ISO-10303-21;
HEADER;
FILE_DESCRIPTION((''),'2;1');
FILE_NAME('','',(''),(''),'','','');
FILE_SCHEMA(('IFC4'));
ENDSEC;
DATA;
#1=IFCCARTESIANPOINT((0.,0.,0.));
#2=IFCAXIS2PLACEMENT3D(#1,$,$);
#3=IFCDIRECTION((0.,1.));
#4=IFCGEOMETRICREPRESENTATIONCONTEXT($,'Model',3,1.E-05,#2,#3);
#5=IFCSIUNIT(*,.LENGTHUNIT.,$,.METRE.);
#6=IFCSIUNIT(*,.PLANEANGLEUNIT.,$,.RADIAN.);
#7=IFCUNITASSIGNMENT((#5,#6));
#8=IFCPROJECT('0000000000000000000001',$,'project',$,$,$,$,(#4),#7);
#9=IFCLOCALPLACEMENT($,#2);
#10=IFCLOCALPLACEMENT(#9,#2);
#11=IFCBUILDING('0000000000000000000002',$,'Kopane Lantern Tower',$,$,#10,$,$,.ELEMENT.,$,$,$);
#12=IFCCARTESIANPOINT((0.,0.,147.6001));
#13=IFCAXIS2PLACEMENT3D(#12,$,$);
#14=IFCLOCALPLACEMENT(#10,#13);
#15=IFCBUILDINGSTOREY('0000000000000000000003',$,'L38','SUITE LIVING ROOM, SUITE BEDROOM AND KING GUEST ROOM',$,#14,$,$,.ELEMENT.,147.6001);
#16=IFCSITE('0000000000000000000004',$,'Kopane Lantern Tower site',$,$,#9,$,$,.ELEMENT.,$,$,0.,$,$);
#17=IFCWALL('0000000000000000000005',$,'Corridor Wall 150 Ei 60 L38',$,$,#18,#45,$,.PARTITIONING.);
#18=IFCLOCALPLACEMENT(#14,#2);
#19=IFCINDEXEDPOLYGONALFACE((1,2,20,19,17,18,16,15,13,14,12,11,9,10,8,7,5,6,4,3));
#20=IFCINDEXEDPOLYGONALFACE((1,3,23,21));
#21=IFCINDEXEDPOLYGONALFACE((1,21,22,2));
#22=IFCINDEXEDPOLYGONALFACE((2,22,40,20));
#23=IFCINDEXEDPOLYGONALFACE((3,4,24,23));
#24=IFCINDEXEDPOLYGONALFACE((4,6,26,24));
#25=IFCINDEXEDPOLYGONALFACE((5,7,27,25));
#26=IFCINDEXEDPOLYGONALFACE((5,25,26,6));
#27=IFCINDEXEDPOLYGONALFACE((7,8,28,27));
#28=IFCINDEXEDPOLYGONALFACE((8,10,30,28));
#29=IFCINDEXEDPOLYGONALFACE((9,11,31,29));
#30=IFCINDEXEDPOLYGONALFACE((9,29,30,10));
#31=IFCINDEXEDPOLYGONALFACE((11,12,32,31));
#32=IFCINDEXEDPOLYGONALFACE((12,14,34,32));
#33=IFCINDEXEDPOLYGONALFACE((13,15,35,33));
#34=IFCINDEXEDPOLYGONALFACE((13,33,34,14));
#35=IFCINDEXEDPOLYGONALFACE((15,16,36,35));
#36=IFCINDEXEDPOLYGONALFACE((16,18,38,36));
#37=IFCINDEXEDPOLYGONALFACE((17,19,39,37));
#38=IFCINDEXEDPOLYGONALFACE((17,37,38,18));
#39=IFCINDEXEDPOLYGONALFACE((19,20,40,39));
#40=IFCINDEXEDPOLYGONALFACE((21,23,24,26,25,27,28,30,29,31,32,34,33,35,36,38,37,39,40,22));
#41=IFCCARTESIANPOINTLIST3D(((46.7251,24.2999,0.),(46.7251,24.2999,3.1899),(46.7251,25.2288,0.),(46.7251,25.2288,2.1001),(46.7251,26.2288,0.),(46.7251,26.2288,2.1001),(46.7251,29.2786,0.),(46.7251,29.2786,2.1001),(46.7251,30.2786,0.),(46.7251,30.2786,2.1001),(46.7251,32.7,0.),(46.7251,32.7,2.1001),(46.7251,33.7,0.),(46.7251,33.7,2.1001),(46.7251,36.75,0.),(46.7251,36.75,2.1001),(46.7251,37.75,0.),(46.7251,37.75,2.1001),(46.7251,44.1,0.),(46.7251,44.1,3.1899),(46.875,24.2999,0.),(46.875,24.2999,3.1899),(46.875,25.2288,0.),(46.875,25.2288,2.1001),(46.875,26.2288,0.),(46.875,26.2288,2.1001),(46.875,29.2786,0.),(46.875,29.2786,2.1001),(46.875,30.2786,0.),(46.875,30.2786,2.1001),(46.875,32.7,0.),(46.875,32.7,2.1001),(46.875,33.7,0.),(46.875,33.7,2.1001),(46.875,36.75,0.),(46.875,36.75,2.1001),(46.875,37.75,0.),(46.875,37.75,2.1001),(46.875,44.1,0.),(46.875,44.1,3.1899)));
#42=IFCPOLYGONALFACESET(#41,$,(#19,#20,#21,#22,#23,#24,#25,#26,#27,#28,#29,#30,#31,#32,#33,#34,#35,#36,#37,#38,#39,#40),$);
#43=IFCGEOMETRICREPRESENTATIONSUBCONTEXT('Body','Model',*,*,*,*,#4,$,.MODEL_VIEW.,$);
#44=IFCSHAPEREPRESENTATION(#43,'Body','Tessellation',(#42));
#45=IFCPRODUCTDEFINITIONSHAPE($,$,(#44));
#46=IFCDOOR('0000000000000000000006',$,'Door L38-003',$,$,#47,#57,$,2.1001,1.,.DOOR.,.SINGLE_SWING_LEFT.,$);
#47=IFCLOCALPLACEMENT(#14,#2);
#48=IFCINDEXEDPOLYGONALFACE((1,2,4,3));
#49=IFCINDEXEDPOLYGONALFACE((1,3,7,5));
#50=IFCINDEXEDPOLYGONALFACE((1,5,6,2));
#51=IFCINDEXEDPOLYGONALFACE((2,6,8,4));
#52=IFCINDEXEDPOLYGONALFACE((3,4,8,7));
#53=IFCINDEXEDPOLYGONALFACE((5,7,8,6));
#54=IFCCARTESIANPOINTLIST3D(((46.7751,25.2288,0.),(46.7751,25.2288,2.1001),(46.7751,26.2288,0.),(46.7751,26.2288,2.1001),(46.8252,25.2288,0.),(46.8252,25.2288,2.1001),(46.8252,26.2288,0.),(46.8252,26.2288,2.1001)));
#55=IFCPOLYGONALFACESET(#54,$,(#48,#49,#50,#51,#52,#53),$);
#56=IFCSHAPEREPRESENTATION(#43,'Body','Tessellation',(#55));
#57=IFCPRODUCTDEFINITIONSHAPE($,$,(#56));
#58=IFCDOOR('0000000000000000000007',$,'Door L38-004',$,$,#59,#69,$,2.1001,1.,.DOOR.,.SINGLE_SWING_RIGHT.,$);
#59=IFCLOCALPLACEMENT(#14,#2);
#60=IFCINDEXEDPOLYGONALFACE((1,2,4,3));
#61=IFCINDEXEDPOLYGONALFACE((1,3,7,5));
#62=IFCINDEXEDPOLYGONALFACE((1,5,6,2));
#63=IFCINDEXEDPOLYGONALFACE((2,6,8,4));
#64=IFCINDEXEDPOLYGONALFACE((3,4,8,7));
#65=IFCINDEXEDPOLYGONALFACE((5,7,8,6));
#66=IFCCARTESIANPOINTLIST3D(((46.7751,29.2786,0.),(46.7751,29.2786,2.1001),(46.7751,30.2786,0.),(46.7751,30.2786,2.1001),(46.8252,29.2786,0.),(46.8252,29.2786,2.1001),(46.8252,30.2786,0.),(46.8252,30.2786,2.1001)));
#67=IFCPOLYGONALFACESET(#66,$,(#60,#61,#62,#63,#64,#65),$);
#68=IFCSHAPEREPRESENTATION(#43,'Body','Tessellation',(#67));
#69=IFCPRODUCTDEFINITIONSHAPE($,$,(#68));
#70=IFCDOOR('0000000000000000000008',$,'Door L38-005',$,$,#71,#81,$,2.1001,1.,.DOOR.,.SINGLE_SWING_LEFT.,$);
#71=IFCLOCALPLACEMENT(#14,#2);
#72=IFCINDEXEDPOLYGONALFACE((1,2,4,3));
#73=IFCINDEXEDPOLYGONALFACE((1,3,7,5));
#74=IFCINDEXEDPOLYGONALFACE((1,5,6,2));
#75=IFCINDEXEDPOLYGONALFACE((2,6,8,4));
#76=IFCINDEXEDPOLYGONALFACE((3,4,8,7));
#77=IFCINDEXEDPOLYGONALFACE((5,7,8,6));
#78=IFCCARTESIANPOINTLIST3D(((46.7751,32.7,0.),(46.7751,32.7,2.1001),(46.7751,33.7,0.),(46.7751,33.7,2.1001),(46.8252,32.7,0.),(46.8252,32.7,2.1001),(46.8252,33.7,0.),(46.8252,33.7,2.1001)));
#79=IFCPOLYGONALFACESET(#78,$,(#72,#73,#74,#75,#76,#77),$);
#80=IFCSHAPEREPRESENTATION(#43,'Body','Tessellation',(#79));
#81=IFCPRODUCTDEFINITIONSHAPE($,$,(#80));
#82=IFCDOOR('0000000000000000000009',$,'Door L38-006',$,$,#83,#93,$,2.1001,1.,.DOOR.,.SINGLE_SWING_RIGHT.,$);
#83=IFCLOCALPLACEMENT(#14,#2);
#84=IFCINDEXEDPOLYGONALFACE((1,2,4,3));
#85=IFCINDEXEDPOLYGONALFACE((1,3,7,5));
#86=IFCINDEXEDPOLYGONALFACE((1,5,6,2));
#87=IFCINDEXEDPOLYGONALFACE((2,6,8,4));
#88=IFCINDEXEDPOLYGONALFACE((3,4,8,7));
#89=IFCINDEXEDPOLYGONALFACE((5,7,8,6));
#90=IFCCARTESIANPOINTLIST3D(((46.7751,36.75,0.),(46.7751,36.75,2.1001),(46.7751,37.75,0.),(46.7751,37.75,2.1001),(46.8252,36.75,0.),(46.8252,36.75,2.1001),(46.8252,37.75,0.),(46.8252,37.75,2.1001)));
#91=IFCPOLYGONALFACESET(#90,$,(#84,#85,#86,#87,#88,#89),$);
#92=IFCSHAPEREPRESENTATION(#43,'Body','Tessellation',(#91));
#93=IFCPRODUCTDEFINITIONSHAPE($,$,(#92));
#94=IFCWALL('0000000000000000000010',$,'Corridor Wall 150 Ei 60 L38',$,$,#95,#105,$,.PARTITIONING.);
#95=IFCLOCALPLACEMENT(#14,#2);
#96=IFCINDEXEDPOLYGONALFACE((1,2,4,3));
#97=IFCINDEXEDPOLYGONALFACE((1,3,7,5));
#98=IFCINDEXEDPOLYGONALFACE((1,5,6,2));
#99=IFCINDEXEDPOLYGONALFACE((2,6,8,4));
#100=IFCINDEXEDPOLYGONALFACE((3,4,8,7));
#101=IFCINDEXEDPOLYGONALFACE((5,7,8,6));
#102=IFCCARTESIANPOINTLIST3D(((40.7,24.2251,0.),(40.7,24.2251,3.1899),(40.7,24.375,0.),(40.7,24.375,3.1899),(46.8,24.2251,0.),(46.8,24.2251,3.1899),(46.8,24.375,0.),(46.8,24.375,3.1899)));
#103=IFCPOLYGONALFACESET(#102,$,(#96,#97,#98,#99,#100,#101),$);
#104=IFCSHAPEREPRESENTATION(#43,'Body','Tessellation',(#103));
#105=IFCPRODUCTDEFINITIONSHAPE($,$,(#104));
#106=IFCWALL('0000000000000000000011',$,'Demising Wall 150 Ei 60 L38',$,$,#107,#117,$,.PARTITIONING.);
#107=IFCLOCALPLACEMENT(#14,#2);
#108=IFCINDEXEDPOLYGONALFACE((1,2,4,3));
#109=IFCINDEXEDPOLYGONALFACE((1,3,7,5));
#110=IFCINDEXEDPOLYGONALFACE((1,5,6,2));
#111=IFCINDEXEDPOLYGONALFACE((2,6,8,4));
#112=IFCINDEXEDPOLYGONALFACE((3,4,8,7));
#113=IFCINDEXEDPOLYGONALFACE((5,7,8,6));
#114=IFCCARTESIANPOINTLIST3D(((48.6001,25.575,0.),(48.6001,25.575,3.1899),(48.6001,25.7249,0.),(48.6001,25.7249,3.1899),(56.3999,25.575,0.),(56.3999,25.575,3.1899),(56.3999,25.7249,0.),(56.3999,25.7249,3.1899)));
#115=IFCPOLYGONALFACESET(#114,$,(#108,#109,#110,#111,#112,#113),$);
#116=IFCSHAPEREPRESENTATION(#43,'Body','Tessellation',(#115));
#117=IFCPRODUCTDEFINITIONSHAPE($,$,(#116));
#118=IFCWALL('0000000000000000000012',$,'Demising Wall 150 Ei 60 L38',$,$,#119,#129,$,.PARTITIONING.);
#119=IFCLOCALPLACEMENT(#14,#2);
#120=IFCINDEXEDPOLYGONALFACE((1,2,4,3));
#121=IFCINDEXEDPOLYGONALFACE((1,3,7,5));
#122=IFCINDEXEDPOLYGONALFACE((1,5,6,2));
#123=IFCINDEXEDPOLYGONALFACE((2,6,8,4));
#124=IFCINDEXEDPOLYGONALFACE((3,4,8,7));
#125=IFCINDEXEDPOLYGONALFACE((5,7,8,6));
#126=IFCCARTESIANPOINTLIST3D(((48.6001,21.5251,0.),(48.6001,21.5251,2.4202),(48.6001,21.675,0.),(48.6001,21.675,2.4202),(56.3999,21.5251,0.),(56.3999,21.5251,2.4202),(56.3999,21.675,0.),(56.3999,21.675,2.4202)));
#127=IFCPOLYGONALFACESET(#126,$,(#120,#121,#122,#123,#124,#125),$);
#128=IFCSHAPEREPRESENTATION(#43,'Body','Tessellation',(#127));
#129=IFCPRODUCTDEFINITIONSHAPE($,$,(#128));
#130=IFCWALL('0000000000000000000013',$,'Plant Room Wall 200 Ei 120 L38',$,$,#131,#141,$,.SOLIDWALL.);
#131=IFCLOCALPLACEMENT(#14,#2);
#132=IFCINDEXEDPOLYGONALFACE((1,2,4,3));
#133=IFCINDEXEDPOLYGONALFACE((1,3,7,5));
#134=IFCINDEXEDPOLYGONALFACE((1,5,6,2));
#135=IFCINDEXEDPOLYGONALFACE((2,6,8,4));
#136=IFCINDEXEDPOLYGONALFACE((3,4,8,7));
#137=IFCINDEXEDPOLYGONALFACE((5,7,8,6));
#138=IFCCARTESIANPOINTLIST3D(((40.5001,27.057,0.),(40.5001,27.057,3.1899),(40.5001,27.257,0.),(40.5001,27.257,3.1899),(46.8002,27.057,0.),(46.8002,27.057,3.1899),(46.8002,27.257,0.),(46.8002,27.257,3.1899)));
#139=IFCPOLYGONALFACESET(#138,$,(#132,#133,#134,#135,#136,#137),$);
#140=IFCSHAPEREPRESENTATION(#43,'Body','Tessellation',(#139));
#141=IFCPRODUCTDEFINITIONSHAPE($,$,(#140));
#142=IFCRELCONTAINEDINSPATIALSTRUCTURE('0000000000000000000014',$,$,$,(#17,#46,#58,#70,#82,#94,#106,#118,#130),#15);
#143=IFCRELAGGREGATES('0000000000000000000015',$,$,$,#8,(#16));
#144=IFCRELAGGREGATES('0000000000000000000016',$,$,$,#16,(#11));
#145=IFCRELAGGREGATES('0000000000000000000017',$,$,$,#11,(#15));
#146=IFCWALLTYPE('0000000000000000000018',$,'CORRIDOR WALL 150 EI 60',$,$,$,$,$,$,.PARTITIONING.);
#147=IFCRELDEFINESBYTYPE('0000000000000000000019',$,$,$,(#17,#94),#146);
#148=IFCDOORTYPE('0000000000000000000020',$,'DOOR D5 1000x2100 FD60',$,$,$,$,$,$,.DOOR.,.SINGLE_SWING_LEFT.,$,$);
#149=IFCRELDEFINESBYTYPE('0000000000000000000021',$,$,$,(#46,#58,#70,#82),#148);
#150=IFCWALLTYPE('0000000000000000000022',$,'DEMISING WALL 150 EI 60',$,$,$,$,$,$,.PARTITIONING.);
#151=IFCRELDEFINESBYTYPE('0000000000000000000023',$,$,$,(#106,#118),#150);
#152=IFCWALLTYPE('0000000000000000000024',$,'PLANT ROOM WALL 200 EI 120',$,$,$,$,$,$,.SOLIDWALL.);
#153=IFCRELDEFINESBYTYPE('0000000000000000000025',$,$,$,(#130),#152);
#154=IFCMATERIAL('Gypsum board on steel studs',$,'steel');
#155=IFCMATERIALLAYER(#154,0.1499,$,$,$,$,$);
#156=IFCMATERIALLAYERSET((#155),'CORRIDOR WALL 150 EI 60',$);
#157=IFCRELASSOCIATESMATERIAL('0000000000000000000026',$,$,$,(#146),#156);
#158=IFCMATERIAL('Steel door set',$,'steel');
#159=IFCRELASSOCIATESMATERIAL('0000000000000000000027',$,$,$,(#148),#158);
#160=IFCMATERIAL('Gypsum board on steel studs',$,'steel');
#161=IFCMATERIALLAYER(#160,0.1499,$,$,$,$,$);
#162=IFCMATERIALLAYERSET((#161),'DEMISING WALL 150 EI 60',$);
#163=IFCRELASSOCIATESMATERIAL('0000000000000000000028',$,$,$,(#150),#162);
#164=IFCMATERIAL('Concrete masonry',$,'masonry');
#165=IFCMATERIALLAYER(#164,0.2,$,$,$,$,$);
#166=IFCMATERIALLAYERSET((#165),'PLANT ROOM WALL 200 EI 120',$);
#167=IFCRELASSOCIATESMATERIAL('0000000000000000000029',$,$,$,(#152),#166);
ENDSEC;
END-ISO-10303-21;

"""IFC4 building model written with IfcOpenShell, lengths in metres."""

from ifc_helpers import new_model, si_unit, direction, frame, frame_2d, origin, place, context, subcontext, project, spatial, rectangle, extrude, material, layer, layer_set, type_object, element, fill, save


model = new_model("IFC4")

# Units and contexts
model_context = context("Model", 3, precision=1e-05, world=origin(), true_north=direction((0.0, 1.0)))
body_context = subcontext(model_context, "Body", "Model", "MODEL_VIEW")
ifc_project = project(units=[si_unit("LENGTHUNIT", "METRE"), si_unit("PLANEANGLEUNIT", "RADIAN")], contexts=[model_context])

# Site, building, storey
site_placement = place(None, origin())
site = spatial("IfcSite", under=ifc_project, at=site_placement, Name="Kopane Lantern Tower site", CompositionType="ELEMENT", RefElevation=0.0)
building_placement = place(site_placement, origin())
building = spatial("IfcBuilding", under=site, at=building_placement, Name="Kopane Lantern Tower", CompositionType="ELEMENT")
storey_placement = place(building_placement, frame((0.0, 0.0, 147.6001)))
storey = spatial("IfcBuildingStorey", under=building, at=storey_placement, Name="L38", Description="SUITE LIVING ROOM, SUITE BEDROOM AND KING GUEST ROOM", CompositionType="ELEMENT", Elevation=147.6001)

# Wall, openings, doors
ifc_material_1 = material(Name="Gypsum board on steel studs", Category="steel")
ifc_layer_1 = layer(ifc_material_1, 0.1499)
ifc_layer_set_1 = layer_set([ifc_layer_1], Name="CORRIDOR WALL 150 EI 60")
wall_type_1 = type_object("IfcWallType", Name="CORRIDOR WALL 150 EI 60", PredefinedType="PARTITIONING", material=ifc_layer_set_1)
wall_1_placement = place(storey_placement, frame((46.8, 24.3, 0.0), z_axis=(0.0, 0.0, 1.0), x_axis=(0.0, 1.0, 0.0)))
wall_1 = element("IfcWall", 1, at=wall_1_placement, inside=storey, type_object=wall_type_1, Name="Corridor Wall 150 Ei 60 L38", PredefinedType="PARTITIONING", context=body_context, shape_type="SweptSolid", body=[
    extrude(rectangle(XDim=19.8, YDim=0.1499, at=frame_2d((9.8999, 0.0))), origin(), (0.0, 0.0, 1.0), 3.1899),
])
opening_1_placement = place(wall_1_placement, frame((0.9287, 0.0, 0.0)))
opening_1 = element("IfcOpeningElement", 2, at=opening_1_placement, cuts=wall_1, PredefinedType="OPENING", context=body_context, shape_type="SweptSolid", body=[
    extrude(rectangle(XDim=1.0, YDim=2.1001, at=frame_2d((0.5, 1.05))), frame((0.0, 0.085, 0.0), z_axis=(0.0, -1.0, 0.0), x_axis=(1.0, 0.0, 0.0)), (0.0, 0.0, 1.0), 0.1699),
])
opening_2_placement = place(wall_1_placement, frame((4.9785, 0.0, 0.0)))
opening_2 = element("IfcOpeningElement", 3, at=opening_2_placement, cuts=wall_1, PredefinedType="OPENING", context=body_context, shape_type="SweptSolid", body=[
    extrude(rectangle(XDim=1.0, YDim=2.1001, at=frame_2d((0.5, 1.05))), frame((0.0, 0.085, 0.0), z_axis=(0.0, -1.0, 0.0), x_axis=(1.0, 0.0, 0.0)), (0.0, 0.0, 1.0), 0.1699),
])
opening_3_placement = place(wall_1_placement, frame((8.3999, 0.0, 0.0)))
opening_3 = element("IfcOpeningElement", 4, at=opening_3_placement, cuts=wall_1, PredefinedType="OPENING", context=body_context, shape_type="SweptSolid", body=[
    extrude(rectangle(XDim=1.0, YDim=2.1001, at=frame_2d((0.5, 1.05))), frame((0.0, 0.085, 0.0), z_axis=(0.0, -1.0, 0.0), x_axis=(1.0, 0.0, 0.0)), (0.0, 0.0, 1.0), 0.1699),
])
opening_4_placement = place(wall_1_placement, frame((12.45, 0.0, 0.0)))
opening_4 = element("IfcOpeningElement", 5, at=opening_4_placement, cuts=wall_1, PredefinedType="OPENING", context=body_context, shape_type="SweptSolid", body=[
    extrude(rectangle(XDim=1.0, YDim=2.1001, at=frame_2d((0.5, 1.05))), frame((0.0, 0.085, 0.0), z_axis=(0.0, -1.0, 0.0), x_axis=(1.0, 0.0, 0.0)), (0.0, 0.0, 1.0), 0.1699),
])
ifc_material_2 = material(Name="Steel door set", Category="steel")
door_type_1 = type_object("IfcDoorType", Name="DOOR D5 1000x2100 FD60", OperationType="SINGLE_SWING_LEFT", PredefinedType="DOOR", material=ifc_material_2)
door_1_placement = place(opening_1_placement, origin())
door_1 = element("IfcDoor", 6, at=door_1_placement, inside=storey, type_object=door_type_1, Name="Door L38-003", OperationType="SINGLE_SWING_LEFT", OverallHeight=2.1001, OverallWidth=1.0, PredefinedType="DOOR", context=body_context, shape_type="SweptSolid", body=[
    extrude(rectangle(XDim=1.0, YDim=2.1001, at=frame_2d((0.5, 1.05))), frame((0.0, 0.0249, 0.0), z_axis=(0.0, -1.0, 0.0), x_axis=(1.0, 0.0, 0.0)), (0.0, 0.0, 1.0), 0.05),
])
fill(opening_1, door_1)
door_2_placement = place(opening_2_placement, origin())
door_2 = element("IfcDoor", 7, at=door_2_placement, inside=storey, type_object=door_type_1, Name="Door L38-004", OperationType="SINGLE_SWING_RIGHT", OverallHeight=2.1001, OverallWidth=1.0, PredefinedType="DOOR", context=body_context, shape_type="SweptSolid", body=[
    extrude(rectangle(XDim=1.0, YDim=2.1001, at=frame_2d((0.5, 1.05))), frame((0.0, 0.0249, 0.0), z_axis=(0.0, -1.0, 0.0), x_axis=(1.0, 0.0, 0.0)), (0.0, 0.0, 1.0), 0.05),
])
fill(opening_2, door_2)
door_3_placement = place(opening_3_placement, origin())
door_3 = element("IfcDoor", 8, at=door_3_placement, inside=storey, type_object=door_type_1, Name="Door L38-005", OperationType="SINGLE_SWING_LEFT", OverallHeight=2.1001, OverallWidth=1.0, PredefinedType="DOOR", context=body_context, shape_type="SweptSolid", body=[
    extrude(rectangle(XDim=1.0, YDim=2.1001, at=frame_2d((0.5, 1.05))), frame((0.0, 0.0249, 0.0), z_axis=(0.0, -1.0, 0.0), x_axis=(1.0, 0.0, 0.0)), (0.0, 0.0, 1.0), 0.05),
])
fill(opening_3, door_3)
door_4_placement = place(opening_4_placement, origin())
door_4 = element("IfcDoor", 9, at=door_4_placement, inside=storey, type_object=door_type_1, Name="Door L38-006", OperationType="SINGLE_SWING_RIGHT", OverallHeight=2.1001, OverallWidth=1.0, PredefinedType="DOOR", context=body_context, shape_type="SweptSolid", body=[
    extrude(rectangle(XDim=1.0, YDim=2.1001, at=frame_2d((0.5, 1.05))), frame((0.0, 0.0249, 0.0), z_axis=(0.0, -1.0, 0.0), x_axis=(1.0, 0.0, 0.0)), (0.0, 0.0, 1.0), 0.05),
])
fill(opening_4, door_4)

# Walls
wall_2_placement = place(storey_placement, frame((40.7, 24.3, 0.0), z_axis=(0.0, 0.0, 1.0), x_axis=(1.0, 0.0, 0.0)))
element("IfcWall", 10, at=wall_2_placement, inside=storey, type_object=wall_type_1, Name="Corridor Wall 150 Ei 60 L38", PredefinedType="PARTITIONING", context=body_context, shape_type="SweptSolid", body=[
    extrude(rectangle(XDim=6.1001, YDim=0.1499, at=frame_2d((3.05, 0.0))), origin(), (0.0, 0.0, 1.0), 3.1899),
])
ifc_material_3 = material(Name="Gypsum board on steel studs", Category="steel")
ifc_layer_2 = layer(ifc_material_3, 0.1499)
ifc_layer_set_2 = layer_set([ifc_layer_2], Name="DEMISING WALL 150 EI 60")
wall_type_2 = type_object("IfcWallType", Name="DEMISING WALL 150 EI 60", PredefinedType="PARTITIONING", material=ifc_layer_set_2)
wall_3_placement = place(storey_placement, frame((48.6001, 25.6499, 0.0), z_axis=(0.0, 0.0, 1.0), x_axis=(1.0, 0.0, 0.0)))
element("IfcWall", 11, at=wall_3_placement, inside=storey, type_object=wall_type_2, Name="Demising Wall 150 Ei 60 L38", PredefinedType="PARTITIONING", context=body_context, shape_type="SweptSolid", body=[
    extrude(rectangle(XDim=7.7998, YDim=0.1499, at=frame_2d((3.8999, 0.0))), origin(), (0.0, 0.0, 1.0), 3.1899),
])
wall_4_placement = place(storey_placement, frame((48.6001, 21.6001, 0.0), z_axis=(0.0, 0.0, 1.0), x_axis=(1.0, 0.0, 0.0)))
element("IfcWall", 12, at=wall_4_placement, inside=storey, type_object=wall_type_2, Name="Demising Wall 150 Ei 60 L38", PredefinedType="PARTITIONING", context=body_context, shape_type="SweptSolid", body=[
    extrude(rectangle(XDim=7.7998, YDim=0.1499, at=frame_2d((3.8999, 0.0))), origin(), (0.0, 0.0, 1.0), 2.4202),
])
ifc_material_4 = material(Name="Concrete masonry", Category="masonry")
ifc_layer_3 = layer(ifc_material_4, 0.2)
ifc_layer_set_3 = layer_set([ifc_layer_3], Name="PLANT ROOM WALL 200 EI 120")
wall_type_3 = type_object("IfcWallType", Name="PLANT ROOM WALL 200 EI 120", PredefinedType="SOLIDWALL", material=ifc_layer_set_3)
wall_5_placement = place(storey_placement, frame((46.8, 27.157, 0.0), z_axis=(0.0, 0.0, 1.0), x_axis=(-1.0, 0.0, 0.0)))
element("IfcWall", 13, at=wall_5_placement, inside=storey, type_object=wall_type_3, Name="Plant Room Wall 200 Ei 120 L38", PredefinedType="SOLIDWALL", context=body_context, shape_type="SweptSolid", body=[
    extrude(rectangle(XDim=6.3, YDim=0.2, at=frame_2d((3.1499, 0.0))), origin(), (0.0, 0.0, 1.0), 3.1899),
])

save(model, "model.ifc")
